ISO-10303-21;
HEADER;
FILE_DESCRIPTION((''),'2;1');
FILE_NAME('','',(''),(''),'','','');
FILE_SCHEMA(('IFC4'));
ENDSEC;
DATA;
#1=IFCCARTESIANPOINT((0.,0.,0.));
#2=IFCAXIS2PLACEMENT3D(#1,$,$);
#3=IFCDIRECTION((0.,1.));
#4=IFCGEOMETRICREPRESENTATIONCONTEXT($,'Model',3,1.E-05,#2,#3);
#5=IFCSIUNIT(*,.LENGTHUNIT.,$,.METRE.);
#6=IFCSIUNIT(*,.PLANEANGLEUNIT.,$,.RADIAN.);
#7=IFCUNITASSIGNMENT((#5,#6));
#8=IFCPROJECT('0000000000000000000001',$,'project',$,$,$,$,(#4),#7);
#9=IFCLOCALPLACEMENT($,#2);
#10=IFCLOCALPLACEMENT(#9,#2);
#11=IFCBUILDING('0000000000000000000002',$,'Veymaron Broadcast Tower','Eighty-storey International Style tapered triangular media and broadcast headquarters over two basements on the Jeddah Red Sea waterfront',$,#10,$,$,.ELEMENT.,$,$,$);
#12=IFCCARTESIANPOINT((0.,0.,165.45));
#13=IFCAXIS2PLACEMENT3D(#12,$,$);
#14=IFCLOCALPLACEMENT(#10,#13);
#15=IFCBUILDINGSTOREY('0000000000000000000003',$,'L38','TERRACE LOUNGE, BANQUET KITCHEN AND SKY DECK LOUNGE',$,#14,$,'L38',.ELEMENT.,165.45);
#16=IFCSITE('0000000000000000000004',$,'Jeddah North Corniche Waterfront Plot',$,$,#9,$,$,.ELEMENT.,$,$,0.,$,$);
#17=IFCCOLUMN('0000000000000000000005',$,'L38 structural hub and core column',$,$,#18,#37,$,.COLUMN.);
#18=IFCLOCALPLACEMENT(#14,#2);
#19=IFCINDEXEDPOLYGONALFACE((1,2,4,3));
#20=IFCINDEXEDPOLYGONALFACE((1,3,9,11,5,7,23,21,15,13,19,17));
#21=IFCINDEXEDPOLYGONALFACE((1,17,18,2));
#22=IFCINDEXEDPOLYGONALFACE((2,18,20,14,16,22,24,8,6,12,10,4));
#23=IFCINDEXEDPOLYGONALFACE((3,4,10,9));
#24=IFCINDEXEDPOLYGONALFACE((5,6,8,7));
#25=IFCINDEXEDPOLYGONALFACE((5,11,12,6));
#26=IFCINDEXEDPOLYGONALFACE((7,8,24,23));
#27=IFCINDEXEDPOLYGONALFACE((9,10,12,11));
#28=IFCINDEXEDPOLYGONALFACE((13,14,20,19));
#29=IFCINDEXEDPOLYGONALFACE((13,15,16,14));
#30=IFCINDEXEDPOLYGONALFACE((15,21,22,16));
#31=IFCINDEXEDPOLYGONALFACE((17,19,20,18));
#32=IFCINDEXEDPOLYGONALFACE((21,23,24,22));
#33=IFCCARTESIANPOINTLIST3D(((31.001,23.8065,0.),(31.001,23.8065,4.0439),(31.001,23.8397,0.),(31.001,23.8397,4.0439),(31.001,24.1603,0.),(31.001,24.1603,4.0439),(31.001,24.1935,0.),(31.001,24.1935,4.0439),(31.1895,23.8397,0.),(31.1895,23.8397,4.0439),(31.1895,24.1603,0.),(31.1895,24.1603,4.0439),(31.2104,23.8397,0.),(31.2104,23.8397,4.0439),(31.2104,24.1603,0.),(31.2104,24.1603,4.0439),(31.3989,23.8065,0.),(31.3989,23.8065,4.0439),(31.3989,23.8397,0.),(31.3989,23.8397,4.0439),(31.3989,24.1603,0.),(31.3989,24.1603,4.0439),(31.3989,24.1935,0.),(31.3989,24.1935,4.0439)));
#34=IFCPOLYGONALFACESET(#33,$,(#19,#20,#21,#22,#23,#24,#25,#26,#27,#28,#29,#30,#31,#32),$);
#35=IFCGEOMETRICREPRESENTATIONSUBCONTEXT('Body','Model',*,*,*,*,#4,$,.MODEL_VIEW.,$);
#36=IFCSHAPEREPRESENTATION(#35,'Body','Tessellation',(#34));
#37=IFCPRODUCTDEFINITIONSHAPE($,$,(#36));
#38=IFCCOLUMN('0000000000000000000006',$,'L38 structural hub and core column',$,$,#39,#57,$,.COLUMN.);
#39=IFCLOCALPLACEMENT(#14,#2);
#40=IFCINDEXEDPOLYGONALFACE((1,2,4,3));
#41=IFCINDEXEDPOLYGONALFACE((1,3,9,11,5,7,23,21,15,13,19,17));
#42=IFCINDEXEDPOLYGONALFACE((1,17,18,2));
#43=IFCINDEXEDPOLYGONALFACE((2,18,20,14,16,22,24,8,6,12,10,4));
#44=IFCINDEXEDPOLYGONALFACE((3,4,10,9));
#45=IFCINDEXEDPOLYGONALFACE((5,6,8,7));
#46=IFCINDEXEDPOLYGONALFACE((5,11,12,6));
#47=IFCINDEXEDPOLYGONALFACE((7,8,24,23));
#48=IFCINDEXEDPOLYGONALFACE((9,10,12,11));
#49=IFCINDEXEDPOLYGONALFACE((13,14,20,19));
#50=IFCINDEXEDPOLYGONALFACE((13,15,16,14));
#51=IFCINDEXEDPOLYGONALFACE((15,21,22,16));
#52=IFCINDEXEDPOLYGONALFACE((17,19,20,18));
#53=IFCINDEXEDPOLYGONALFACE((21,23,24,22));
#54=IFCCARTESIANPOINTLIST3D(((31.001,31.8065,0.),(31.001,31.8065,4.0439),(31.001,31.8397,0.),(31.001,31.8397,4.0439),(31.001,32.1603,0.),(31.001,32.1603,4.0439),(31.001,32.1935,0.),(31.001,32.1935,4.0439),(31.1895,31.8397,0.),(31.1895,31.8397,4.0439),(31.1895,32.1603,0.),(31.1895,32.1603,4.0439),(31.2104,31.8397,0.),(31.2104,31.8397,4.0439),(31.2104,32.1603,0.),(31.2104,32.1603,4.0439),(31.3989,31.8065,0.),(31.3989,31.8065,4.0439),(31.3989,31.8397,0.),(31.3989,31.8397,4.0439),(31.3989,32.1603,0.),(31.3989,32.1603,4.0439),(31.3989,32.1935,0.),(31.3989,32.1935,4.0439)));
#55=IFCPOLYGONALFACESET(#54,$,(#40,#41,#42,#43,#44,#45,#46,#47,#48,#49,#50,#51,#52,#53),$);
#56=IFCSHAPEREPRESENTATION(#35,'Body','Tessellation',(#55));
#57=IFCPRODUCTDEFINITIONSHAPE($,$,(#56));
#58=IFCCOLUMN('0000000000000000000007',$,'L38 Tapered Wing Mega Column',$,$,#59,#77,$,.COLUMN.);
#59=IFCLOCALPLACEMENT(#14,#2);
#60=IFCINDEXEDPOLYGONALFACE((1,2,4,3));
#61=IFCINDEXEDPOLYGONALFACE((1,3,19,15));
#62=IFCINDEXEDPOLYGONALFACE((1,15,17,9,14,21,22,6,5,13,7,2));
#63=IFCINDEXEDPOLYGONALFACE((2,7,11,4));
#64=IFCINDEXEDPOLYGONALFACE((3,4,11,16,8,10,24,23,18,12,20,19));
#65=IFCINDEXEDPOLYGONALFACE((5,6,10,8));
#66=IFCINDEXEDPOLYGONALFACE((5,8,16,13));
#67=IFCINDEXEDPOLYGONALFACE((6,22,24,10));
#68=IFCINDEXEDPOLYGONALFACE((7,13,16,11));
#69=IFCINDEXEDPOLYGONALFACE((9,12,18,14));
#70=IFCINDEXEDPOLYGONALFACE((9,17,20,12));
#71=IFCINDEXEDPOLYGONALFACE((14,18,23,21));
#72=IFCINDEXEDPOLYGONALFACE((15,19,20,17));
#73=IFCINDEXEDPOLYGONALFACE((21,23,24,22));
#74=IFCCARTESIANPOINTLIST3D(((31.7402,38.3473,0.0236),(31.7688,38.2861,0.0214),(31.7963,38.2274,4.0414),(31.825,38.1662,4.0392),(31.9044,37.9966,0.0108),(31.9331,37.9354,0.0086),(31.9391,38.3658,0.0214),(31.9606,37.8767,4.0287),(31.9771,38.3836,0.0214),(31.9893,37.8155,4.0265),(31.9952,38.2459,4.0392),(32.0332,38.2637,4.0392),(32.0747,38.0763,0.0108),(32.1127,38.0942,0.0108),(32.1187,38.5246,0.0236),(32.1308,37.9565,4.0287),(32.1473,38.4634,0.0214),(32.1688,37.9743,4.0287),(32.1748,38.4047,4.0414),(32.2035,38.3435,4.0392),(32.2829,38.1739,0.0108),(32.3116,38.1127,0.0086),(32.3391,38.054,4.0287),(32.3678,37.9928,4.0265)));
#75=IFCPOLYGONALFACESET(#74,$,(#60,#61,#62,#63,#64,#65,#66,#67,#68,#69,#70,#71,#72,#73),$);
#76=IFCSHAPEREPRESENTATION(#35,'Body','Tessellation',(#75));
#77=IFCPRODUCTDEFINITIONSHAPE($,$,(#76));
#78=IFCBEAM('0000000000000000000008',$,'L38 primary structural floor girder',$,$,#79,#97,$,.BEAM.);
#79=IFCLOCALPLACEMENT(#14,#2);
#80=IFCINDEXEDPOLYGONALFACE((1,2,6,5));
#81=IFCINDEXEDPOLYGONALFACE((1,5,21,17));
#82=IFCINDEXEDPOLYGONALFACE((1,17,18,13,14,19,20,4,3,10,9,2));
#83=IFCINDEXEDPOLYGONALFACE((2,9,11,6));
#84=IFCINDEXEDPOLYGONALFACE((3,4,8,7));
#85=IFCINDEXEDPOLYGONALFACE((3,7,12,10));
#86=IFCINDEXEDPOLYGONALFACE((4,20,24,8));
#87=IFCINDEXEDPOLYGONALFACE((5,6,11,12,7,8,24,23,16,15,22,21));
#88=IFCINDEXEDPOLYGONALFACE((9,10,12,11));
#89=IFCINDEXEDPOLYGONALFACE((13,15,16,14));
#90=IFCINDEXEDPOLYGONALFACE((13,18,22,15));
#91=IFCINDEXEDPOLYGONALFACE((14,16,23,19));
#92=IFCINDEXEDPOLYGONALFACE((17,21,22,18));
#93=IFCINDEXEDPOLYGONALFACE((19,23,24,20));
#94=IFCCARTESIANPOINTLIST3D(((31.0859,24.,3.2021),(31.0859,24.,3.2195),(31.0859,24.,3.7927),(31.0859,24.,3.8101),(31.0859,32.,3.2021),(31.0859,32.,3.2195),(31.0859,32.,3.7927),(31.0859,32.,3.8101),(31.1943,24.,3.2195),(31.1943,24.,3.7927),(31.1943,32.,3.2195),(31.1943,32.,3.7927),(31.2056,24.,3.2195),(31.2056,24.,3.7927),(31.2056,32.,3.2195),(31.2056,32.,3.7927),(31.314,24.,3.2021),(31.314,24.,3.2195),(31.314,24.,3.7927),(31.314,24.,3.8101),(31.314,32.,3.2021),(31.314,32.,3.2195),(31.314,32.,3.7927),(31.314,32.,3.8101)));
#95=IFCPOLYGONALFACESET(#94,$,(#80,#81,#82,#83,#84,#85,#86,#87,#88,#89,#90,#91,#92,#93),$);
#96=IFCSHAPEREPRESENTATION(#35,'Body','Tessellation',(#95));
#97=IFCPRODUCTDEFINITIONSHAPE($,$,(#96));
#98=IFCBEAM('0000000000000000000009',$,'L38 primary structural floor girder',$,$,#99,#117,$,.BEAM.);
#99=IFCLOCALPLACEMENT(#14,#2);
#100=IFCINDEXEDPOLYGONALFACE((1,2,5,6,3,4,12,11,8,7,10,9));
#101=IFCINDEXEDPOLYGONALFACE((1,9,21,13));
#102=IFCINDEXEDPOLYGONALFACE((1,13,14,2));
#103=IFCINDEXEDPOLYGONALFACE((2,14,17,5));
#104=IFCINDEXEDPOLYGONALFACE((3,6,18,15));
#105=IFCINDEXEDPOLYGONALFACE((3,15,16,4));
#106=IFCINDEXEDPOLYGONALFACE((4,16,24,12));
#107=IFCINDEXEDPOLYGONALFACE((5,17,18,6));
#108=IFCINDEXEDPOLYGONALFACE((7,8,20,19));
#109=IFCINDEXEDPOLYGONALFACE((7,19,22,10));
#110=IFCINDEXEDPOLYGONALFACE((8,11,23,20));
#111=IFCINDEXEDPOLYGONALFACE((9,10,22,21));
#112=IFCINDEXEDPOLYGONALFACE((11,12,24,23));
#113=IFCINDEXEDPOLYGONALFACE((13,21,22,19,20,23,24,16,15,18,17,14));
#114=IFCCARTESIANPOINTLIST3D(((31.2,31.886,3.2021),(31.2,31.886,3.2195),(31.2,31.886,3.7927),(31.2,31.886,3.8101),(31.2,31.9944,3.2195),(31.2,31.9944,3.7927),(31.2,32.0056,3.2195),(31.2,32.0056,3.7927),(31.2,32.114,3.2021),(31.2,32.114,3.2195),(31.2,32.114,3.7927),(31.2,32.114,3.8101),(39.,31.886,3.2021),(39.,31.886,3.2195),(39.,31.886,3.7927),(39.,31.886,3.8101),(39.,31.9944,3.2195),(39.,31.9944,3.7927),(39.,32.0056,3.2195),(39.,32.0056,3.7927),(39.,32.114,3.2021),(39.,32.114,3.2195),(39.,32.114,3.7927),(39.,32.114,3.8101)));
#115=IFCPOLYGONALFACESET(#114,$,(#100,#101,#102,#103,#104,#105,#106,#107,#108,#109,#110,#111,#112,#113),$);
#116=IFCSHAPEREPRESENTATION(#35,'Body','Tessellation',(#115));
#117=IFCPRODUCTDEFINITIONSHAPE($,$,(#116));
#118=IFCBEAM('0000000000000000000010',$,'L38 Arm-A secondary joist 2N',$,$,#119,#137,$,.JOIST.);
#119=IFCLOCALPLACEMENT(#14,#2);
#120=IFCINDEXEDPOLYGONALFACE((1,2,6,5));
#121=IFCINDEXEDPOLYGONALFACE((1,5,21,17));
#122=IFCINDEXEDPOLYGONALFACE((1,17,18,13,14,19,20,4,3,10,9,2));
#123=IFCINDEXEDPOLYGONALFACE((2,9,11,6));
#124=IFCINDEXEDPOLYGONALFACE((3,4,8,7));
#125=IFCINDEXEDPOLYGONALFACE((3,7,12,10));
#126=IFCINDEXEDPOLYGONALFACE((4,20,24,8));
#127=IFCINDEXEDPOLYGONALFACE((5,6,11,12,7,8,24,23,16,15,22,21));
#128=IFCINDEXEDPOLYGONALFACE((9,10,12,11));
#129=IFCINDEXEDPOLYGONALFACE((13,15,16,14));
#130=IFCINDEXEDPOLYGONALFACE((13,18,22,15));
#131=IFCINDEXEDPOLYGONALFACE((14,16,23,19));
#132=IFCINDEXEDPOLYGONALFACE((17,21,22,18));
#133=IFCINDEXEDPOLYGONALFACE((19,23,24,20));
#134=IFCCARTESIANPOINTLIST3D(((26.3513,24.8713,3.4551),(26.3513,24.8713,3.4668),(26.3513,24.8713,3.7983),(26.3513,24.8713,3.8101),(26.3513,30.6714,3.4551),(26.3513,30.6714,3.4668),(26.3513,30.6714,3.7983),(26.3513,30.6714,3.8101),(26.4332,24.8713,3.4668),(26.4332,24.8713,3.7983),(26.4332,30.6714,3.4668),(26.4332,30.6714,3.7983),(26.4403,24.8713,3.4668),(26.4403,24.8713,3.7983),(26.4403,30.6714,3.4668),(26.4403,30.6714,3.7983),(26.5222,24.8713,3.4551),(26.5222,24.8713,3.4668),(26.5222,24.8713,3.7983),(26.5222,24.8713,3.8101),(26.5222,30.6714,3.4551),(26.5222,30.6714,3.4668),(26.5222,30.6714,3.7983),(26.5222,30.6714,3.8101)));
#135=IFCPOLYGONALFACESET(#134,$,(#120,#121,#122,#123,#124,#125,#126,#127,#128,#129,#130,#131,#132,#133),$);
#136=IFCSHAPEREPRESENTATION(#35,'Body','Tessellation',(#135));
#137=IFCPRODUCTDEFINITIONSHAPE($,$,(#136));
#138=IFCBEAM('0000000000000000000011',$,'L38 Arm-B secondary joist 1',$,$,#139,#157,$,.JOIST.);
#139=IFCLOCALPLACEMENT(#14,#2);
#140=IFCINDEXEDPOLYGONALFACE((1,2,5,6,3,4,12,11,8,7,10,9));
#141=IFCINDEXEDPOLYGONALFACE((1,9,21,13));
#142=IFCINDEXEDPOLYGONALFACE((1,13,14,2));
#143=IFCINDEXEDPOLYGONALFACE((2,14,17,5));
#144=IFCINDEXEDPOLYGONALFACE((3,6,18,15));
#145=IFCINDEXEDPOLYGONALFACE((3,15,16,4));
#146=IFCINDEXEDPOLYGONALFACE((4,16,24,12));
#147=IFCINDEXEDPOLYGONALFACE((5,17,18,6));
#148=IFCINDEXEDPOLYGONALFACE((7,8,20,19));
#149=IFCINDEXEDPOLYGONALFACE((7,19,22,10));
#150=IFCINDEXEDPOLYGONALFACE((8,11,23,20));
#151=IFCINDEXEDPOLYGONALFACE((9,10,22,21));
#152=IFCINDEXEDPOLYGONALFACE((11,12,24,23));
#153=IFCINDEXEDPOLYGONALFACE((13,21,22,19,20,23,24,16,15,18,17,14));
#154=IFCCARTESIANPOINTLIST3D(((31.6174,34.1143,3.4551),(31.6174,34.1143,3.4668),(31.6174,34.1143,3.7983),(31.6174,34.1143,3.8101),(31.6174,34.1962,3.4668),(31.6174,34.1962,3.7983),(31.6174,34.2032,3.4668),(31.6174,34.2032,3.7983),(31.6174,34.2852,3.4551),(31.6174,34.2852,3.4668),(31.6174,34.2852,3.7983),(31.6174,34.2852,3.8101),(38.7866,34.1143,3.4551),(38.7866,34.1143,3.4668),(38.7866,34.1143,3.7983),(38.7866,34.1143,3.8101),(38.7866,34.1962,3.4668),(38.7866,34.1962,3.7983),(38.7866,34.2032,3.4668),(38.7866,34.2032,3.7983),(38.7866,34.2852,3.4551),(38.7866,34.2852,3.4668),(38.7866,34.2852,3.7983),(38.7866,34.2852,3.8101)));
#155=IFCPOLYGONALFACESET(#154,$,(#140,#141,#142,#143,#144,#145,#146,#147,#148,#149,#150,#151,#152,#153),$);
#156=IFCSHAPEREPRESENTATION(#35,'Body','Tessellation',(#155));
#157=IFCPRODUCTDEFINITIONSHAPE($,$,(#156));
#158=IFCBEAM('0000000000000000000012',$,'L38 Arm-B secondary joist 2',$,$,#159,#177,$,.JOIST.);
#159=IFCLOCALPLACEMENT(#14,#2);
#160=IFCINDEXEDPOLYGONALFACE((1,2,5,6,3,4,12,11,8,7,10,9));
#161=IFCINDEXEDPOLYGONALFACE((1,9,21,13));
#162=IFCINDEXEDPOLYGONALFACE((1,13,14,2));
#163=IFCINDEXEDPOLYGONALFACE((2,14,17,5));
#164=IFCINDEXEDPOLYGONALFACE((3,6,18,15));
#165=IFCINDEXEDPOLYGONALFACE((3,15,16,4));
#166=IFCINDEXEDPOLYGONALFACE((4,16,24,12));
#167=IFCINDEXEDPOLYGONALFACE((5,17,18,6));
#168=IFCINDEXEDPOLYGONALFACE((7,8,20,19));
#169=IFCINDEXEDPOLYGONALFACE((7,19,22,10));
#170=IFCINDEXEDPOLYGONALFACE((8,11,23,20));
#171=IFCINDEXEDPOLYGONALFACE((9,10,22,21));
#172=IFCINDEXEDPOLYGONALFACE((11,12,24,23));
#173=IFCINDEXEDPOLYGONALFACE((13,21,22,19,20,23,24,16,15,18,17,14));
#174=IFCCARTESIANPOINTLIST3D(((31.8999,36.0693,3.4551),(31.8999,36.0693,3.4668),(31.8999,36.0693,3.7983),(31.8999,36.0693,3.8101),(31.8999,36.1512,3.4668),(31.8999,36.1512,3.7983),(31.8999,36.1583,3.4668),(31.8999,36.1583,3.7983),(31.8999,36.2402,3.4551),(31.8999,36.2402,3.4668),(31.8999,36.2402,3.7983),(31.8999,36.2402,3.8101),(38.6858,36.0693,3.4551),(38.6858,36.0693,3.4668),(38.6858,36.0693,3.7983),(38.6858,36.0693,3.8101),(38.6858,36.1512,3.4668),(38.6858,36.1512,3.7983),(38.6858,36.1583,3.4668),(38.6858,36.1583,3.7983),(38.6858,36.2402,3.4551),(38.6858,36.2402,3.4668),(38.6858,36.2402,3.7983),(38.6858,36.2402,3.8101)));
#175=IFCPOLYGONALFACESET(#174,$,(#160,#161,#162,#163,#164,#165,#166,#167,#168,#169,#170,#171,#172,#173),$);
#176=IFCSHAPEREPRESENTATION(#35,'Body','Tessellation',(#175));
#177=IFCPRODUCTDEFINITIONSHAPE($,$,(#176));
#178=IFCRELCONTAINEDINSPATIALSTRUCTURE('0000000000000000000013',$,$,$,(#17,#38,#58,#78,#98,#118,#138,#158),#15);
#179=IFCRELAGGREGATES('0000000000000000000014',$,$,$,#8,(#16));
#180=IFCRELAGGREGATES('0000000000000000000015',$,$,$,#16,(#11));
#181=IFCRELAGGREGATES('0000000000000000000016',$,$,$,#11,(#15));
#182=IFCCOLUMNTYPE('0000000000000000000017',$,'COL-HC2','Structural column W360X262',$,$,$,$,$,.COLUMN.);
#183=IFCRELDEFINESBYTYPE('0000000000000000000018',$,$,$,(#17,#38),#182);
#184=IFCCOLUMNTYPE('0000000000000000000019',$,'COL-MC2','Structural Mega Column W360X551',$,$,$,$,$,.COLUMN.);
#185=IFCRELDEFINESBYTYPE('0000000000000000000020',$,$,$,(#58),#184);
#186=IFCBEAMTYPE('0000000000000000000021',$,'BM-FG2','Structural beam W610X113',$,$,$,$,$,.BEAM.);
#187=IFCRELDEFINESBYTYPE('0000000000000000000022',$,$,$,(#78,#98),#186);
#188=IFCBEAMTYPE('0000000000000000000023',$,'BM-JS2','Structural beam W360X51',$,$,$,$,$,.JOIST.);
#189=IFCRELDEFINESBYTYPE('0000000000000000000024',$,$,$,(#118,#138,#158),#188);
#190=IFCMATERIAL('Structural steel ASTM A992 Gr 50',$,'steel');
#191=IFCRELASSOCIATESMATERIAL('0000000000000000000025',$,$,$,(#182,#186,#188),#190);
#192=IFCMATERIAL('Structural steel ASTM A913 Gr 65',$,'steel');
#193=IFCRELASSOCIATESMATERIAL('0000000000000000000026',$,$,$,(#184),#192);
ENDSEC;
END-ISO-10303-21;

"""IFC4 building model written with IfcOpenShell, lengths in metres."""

from ifc_helpers import new_model, si_unit, direction, frame, origin, origin_2d, place, context, subcontext, project, spatial, i_section, extrude, material, material_profile, profile_set, type_object, element, save


model = new_model("IFC4")

# Units and contexts
model_context = context("Model", 3, precision=1e-05, world=origin(), true_north=direction((0.0, 1.0)))
body_context = subcontext(model_context, "Body", "Model", "MODEL_VIEW")
ifc_project = project(units=[si_unit("LENGTHUNIT", "METRE"), si_unit("PLANEANGLEUNIT", "RADIAN")], contexts=[model_context])

# Site, building, storey
site_placement = place(None, origin())
site = spatial("IfcSite", under=ifc_project, at=site_placement, Name="Jeddah North Corniche Waterfront Plot", CompositionType="ELEMENT", RefElevation=0.0)
building_placement = place(site_placement, origin())
building = spatial("IfcBuilding", under=site, at=building_placement, Name="Veymaron Broadcast Tower", Description="Eighty-storey International Style tapered triangular media and broadcast headquarters over two basements on the Jeddah Red Sea waterfront", CompositionType="ELEMENT")
storey_placement = place(building_placement, frame((0.0, 0.0, 165.45)))
storey = spatial("IfcBuildingStorey", under=building, at=storey_placement, Name="L38", Description="TERRACE LOUNGE, BANQUET KITCHEN AND SKY DECK LOUNGE", LongName="L38", CompositionType="ELEMENT", Elevation=165.45)

# Columns
ifc_material_1 = material(Name="Structural steel ASTM A992 Gr 50", Category="steel")
ifc_material_profile_1 = material_profile(ifc_material_1, i_section(OverallWidth=0.3979, OverallDepth=0.387, WebThickness=0.021, FlangeThickness=0.0332, at=origin_2d()), Name="W360X262")
ifc_profile_set_1 = profile_set([ifc_material_profile_1], Name="Structural steel ASTM A992 Gr 50")
column_type_1 = type_object("IfcColumnType", Name="COL-HC2", Description="Structural column W360X262", PredefinedType="COLUMN", material=ifc_profile_set_1)
for number, where, z_axis, x_axis, name in (
    (1, (31.2, 24.0, 0.0), (0.0, 0.0, 1.0), (1.0, 0.0, 0.0), "L38 structural hub and core column"),
    (2, (31.2, 32.0, 0.0), (0.0, 0.0, 1.0), (1.0, 0.0, 0.0), "L38 structural hub and core column"),
):
    element("IfcColumn", number, at=place(storey_placement, frame(where, z_axis=z_axis, x_axis=x_axis)), inside=storey, type_object=column_type_1, Name=name, PredefinedType="COLUMN", context=body_context, shape_type="SweptSolid", body=[
        extrude(i_section(OverallWidth=0.3979, OverallDepth=0.387, WebThickness=0.021, FlangeThickness=0.0332, at=origin_2d()), origin(), (0.0, 0.0, 1.0), 4.0439),
    ])
ifc_material_2 = material(Name="Structural steel ASTM A913 Gr 65", Category="steel")
ifc_material_profile_2 = material_profile(ifc_material_2, i_section(OverallWidth=0.418, OverallDepth=0.4551, WebThickness=0.042, FlangeThickness=0.0676, at=origin_2d()), Name="W360X551")
ifc_profile_set_2 = profile_set([ifc_material_profile_2], Name="Structural steel ASTM A913 Gr 65")
column_type_2 = type_object("IfcColumnType", Name="COL-MC2", Description="Structural Mega Column W360X551", PredefinedType="COLUMN", material=ifc_profile_set_2)
column_placement = place(storey_placement, frame((32.0259, 38.23, 0.0161), z_axis=(0.013968, -0.029819, 0.999458), x_axis=(0.90557, 0.424198, 0.0)))
element("IfcColumn", 3, at=column_placement, inside=storey, type_object=column_type_2, Name="L38 Tapered Wing Mega Column", PredefinedType="COLUMN", context=body_context, shape_type="SweptSolid", body=[
    extrude(i_section(OverallWidth=0.418, OverallDepth=0.4551, WebThickness=0.042, FlangeThickness=0.0676, at=origin_2d()), origin(), (0.0, 0.0, 1.0), 4.02),
])

# Beams
ifc_material_profile_3 = material_profile(ifc_material_1, i_section(OverallWidth=0.228, OverallDepth=0.6079, WebThickness=0.0112, FlangeThickness=0.0173, at=origin_2d()), Name="W610X113")
ifc_profile_set_3 = profile_set([ifc_material_profile_3], Name="Structural steel ASTM A992 Gr 50")
beam_type_1 = type_object("IfcBeamType", Name="BM-FG2", Description="Structural beam W610X113", PredefinedType="BEAM", material=ifc_profile_set_3)
beam_1_placement = place(storey_placement, frame((31.2, 24.0, 3.5061), z_axis=(0.0, 1.0, 0.0), x_axis=(-1.0, 0.0, 0.0)))
element("IfcBeam", 4, at=beam_1_placement, inside=storey, type_object=beam_type_1, Name="L38 primary structural floor girder", PredefinedType="BEAM", context=body_context, shape_type="SweptSolid", body=[
    extrude(i_section(OverallWidth=0.228, OverallDepth=0.6079, WebThickness=0.0112, FlangeThickness=0.0173, at=origin_2d()), origin(), (0.0, 0.0, 1.0), 8.0),
])
beam_2_placement = place(storey_placement, frame((31.2, 32.0, 3.5061), z_axis=(1.0, 0.0, 0.0), x_axis=(0.0, 1.0, 0.0)))
element("IfcBeam", 5, at=beam_2_placement, inside=storey, type_object=beam_type_1, Name="L38 primary structural floor girder", PredefinedType="BEAM", context=body_context, shape_type="SweptSolid", body=[
    extrude(i_section(OverallWidth=0.228, OverallDepth=0.6079, WebThickness=0.0112, FlangeThickness=0.0173, at=origin_2d()), origin(), (0.0, 0.0, 1.0), 7.8),
])
ifc_material_profile_4 = material_profile(ifc_material_1, i_section(OverallWidth=0.1709, OverallDepth=0.355, WebThickness=0.0071, FlangeThickness=0.0117, at=origin_2d()), Name="W360X51")
ifc_profile_set_4 = profile_set([ifc_material_profile_4], Name="Structural steel ASTM A992 Gr 50")
beam_type_2 = type_object("IfcBeamType", Name="BM-JS2", Description="Structural beam W360X51", PredefinedType="JOIST", material=ifc_profile_set_4)
beam_3_placement = place(storey_placement, frame((26.4368, 24.8713, 3.6326), z_axis=(0.0, 1.0, 0.0), x_axis=(-1.0, 0.0, 0.0)))
element("IfcBeam", 6, at=beam_3_placement, inside=storey, type_object=beam_type_2, Name="L38 Arm-A secondary joist 2N", PredefinedType="JOIST", context=body_context, shape_type="SweptSolid", body=[
    extrude(i_section(OverallWidth=0.1709, OverallDepth=0.355, WebThickness=0.0071, FlangeThickness=0.0117, at=origin_2d()), origin(), (0.0, 0.0, 1.0), 5.8),
])
beam_4_placement = place(storey_placement, frame((31.6174, 34.1997, 3.6326), z_axis=(1.0, 0.0, 0.0), x_axis=(0.0, 1.0, 0.0)))
element("IfcBeam", 7, at=beam_4_placement, inside=storey, type_object=beam_type_2, Name="L38 Arm-B secondary joist 1", PredefinedType="JOIST", context=body_context, shape_type="SweptSolid", body=[
    extrude(i_section(OverallWidth=0.1709, OverallDepth=0.355, WebThickness=0.0071, FlangeThickness=0.0117, at=origin_2d()), origin(), (0.0, 0.0, 1.0), 7.1692),
])
beam_5_placement = place(storey_placement, frame((31.8999, 36.1548, 3.6326), z_axis=(1.0, 0.0, 0.0), x_axis=(0.0, 1.0, 0.0)))
element("IfcBeam", 8, at=beam_5_placement, inside=storey, type_object=beam_type_2, Name="L38 Arm-B secondary joist 2", PredefinedType="JOIST", context=body_context, shape_type="SweptSolid", body=[
    extrude(i_section(OverallWidth=0.1709, OverallDepth=0.355, WebThickness=0.0071, FlangeThickness=0.0117, at=origin_2d()), origin(), (0.0, 0.0, 1.0), 6.7859),
])

save(model, "model.ifc")
